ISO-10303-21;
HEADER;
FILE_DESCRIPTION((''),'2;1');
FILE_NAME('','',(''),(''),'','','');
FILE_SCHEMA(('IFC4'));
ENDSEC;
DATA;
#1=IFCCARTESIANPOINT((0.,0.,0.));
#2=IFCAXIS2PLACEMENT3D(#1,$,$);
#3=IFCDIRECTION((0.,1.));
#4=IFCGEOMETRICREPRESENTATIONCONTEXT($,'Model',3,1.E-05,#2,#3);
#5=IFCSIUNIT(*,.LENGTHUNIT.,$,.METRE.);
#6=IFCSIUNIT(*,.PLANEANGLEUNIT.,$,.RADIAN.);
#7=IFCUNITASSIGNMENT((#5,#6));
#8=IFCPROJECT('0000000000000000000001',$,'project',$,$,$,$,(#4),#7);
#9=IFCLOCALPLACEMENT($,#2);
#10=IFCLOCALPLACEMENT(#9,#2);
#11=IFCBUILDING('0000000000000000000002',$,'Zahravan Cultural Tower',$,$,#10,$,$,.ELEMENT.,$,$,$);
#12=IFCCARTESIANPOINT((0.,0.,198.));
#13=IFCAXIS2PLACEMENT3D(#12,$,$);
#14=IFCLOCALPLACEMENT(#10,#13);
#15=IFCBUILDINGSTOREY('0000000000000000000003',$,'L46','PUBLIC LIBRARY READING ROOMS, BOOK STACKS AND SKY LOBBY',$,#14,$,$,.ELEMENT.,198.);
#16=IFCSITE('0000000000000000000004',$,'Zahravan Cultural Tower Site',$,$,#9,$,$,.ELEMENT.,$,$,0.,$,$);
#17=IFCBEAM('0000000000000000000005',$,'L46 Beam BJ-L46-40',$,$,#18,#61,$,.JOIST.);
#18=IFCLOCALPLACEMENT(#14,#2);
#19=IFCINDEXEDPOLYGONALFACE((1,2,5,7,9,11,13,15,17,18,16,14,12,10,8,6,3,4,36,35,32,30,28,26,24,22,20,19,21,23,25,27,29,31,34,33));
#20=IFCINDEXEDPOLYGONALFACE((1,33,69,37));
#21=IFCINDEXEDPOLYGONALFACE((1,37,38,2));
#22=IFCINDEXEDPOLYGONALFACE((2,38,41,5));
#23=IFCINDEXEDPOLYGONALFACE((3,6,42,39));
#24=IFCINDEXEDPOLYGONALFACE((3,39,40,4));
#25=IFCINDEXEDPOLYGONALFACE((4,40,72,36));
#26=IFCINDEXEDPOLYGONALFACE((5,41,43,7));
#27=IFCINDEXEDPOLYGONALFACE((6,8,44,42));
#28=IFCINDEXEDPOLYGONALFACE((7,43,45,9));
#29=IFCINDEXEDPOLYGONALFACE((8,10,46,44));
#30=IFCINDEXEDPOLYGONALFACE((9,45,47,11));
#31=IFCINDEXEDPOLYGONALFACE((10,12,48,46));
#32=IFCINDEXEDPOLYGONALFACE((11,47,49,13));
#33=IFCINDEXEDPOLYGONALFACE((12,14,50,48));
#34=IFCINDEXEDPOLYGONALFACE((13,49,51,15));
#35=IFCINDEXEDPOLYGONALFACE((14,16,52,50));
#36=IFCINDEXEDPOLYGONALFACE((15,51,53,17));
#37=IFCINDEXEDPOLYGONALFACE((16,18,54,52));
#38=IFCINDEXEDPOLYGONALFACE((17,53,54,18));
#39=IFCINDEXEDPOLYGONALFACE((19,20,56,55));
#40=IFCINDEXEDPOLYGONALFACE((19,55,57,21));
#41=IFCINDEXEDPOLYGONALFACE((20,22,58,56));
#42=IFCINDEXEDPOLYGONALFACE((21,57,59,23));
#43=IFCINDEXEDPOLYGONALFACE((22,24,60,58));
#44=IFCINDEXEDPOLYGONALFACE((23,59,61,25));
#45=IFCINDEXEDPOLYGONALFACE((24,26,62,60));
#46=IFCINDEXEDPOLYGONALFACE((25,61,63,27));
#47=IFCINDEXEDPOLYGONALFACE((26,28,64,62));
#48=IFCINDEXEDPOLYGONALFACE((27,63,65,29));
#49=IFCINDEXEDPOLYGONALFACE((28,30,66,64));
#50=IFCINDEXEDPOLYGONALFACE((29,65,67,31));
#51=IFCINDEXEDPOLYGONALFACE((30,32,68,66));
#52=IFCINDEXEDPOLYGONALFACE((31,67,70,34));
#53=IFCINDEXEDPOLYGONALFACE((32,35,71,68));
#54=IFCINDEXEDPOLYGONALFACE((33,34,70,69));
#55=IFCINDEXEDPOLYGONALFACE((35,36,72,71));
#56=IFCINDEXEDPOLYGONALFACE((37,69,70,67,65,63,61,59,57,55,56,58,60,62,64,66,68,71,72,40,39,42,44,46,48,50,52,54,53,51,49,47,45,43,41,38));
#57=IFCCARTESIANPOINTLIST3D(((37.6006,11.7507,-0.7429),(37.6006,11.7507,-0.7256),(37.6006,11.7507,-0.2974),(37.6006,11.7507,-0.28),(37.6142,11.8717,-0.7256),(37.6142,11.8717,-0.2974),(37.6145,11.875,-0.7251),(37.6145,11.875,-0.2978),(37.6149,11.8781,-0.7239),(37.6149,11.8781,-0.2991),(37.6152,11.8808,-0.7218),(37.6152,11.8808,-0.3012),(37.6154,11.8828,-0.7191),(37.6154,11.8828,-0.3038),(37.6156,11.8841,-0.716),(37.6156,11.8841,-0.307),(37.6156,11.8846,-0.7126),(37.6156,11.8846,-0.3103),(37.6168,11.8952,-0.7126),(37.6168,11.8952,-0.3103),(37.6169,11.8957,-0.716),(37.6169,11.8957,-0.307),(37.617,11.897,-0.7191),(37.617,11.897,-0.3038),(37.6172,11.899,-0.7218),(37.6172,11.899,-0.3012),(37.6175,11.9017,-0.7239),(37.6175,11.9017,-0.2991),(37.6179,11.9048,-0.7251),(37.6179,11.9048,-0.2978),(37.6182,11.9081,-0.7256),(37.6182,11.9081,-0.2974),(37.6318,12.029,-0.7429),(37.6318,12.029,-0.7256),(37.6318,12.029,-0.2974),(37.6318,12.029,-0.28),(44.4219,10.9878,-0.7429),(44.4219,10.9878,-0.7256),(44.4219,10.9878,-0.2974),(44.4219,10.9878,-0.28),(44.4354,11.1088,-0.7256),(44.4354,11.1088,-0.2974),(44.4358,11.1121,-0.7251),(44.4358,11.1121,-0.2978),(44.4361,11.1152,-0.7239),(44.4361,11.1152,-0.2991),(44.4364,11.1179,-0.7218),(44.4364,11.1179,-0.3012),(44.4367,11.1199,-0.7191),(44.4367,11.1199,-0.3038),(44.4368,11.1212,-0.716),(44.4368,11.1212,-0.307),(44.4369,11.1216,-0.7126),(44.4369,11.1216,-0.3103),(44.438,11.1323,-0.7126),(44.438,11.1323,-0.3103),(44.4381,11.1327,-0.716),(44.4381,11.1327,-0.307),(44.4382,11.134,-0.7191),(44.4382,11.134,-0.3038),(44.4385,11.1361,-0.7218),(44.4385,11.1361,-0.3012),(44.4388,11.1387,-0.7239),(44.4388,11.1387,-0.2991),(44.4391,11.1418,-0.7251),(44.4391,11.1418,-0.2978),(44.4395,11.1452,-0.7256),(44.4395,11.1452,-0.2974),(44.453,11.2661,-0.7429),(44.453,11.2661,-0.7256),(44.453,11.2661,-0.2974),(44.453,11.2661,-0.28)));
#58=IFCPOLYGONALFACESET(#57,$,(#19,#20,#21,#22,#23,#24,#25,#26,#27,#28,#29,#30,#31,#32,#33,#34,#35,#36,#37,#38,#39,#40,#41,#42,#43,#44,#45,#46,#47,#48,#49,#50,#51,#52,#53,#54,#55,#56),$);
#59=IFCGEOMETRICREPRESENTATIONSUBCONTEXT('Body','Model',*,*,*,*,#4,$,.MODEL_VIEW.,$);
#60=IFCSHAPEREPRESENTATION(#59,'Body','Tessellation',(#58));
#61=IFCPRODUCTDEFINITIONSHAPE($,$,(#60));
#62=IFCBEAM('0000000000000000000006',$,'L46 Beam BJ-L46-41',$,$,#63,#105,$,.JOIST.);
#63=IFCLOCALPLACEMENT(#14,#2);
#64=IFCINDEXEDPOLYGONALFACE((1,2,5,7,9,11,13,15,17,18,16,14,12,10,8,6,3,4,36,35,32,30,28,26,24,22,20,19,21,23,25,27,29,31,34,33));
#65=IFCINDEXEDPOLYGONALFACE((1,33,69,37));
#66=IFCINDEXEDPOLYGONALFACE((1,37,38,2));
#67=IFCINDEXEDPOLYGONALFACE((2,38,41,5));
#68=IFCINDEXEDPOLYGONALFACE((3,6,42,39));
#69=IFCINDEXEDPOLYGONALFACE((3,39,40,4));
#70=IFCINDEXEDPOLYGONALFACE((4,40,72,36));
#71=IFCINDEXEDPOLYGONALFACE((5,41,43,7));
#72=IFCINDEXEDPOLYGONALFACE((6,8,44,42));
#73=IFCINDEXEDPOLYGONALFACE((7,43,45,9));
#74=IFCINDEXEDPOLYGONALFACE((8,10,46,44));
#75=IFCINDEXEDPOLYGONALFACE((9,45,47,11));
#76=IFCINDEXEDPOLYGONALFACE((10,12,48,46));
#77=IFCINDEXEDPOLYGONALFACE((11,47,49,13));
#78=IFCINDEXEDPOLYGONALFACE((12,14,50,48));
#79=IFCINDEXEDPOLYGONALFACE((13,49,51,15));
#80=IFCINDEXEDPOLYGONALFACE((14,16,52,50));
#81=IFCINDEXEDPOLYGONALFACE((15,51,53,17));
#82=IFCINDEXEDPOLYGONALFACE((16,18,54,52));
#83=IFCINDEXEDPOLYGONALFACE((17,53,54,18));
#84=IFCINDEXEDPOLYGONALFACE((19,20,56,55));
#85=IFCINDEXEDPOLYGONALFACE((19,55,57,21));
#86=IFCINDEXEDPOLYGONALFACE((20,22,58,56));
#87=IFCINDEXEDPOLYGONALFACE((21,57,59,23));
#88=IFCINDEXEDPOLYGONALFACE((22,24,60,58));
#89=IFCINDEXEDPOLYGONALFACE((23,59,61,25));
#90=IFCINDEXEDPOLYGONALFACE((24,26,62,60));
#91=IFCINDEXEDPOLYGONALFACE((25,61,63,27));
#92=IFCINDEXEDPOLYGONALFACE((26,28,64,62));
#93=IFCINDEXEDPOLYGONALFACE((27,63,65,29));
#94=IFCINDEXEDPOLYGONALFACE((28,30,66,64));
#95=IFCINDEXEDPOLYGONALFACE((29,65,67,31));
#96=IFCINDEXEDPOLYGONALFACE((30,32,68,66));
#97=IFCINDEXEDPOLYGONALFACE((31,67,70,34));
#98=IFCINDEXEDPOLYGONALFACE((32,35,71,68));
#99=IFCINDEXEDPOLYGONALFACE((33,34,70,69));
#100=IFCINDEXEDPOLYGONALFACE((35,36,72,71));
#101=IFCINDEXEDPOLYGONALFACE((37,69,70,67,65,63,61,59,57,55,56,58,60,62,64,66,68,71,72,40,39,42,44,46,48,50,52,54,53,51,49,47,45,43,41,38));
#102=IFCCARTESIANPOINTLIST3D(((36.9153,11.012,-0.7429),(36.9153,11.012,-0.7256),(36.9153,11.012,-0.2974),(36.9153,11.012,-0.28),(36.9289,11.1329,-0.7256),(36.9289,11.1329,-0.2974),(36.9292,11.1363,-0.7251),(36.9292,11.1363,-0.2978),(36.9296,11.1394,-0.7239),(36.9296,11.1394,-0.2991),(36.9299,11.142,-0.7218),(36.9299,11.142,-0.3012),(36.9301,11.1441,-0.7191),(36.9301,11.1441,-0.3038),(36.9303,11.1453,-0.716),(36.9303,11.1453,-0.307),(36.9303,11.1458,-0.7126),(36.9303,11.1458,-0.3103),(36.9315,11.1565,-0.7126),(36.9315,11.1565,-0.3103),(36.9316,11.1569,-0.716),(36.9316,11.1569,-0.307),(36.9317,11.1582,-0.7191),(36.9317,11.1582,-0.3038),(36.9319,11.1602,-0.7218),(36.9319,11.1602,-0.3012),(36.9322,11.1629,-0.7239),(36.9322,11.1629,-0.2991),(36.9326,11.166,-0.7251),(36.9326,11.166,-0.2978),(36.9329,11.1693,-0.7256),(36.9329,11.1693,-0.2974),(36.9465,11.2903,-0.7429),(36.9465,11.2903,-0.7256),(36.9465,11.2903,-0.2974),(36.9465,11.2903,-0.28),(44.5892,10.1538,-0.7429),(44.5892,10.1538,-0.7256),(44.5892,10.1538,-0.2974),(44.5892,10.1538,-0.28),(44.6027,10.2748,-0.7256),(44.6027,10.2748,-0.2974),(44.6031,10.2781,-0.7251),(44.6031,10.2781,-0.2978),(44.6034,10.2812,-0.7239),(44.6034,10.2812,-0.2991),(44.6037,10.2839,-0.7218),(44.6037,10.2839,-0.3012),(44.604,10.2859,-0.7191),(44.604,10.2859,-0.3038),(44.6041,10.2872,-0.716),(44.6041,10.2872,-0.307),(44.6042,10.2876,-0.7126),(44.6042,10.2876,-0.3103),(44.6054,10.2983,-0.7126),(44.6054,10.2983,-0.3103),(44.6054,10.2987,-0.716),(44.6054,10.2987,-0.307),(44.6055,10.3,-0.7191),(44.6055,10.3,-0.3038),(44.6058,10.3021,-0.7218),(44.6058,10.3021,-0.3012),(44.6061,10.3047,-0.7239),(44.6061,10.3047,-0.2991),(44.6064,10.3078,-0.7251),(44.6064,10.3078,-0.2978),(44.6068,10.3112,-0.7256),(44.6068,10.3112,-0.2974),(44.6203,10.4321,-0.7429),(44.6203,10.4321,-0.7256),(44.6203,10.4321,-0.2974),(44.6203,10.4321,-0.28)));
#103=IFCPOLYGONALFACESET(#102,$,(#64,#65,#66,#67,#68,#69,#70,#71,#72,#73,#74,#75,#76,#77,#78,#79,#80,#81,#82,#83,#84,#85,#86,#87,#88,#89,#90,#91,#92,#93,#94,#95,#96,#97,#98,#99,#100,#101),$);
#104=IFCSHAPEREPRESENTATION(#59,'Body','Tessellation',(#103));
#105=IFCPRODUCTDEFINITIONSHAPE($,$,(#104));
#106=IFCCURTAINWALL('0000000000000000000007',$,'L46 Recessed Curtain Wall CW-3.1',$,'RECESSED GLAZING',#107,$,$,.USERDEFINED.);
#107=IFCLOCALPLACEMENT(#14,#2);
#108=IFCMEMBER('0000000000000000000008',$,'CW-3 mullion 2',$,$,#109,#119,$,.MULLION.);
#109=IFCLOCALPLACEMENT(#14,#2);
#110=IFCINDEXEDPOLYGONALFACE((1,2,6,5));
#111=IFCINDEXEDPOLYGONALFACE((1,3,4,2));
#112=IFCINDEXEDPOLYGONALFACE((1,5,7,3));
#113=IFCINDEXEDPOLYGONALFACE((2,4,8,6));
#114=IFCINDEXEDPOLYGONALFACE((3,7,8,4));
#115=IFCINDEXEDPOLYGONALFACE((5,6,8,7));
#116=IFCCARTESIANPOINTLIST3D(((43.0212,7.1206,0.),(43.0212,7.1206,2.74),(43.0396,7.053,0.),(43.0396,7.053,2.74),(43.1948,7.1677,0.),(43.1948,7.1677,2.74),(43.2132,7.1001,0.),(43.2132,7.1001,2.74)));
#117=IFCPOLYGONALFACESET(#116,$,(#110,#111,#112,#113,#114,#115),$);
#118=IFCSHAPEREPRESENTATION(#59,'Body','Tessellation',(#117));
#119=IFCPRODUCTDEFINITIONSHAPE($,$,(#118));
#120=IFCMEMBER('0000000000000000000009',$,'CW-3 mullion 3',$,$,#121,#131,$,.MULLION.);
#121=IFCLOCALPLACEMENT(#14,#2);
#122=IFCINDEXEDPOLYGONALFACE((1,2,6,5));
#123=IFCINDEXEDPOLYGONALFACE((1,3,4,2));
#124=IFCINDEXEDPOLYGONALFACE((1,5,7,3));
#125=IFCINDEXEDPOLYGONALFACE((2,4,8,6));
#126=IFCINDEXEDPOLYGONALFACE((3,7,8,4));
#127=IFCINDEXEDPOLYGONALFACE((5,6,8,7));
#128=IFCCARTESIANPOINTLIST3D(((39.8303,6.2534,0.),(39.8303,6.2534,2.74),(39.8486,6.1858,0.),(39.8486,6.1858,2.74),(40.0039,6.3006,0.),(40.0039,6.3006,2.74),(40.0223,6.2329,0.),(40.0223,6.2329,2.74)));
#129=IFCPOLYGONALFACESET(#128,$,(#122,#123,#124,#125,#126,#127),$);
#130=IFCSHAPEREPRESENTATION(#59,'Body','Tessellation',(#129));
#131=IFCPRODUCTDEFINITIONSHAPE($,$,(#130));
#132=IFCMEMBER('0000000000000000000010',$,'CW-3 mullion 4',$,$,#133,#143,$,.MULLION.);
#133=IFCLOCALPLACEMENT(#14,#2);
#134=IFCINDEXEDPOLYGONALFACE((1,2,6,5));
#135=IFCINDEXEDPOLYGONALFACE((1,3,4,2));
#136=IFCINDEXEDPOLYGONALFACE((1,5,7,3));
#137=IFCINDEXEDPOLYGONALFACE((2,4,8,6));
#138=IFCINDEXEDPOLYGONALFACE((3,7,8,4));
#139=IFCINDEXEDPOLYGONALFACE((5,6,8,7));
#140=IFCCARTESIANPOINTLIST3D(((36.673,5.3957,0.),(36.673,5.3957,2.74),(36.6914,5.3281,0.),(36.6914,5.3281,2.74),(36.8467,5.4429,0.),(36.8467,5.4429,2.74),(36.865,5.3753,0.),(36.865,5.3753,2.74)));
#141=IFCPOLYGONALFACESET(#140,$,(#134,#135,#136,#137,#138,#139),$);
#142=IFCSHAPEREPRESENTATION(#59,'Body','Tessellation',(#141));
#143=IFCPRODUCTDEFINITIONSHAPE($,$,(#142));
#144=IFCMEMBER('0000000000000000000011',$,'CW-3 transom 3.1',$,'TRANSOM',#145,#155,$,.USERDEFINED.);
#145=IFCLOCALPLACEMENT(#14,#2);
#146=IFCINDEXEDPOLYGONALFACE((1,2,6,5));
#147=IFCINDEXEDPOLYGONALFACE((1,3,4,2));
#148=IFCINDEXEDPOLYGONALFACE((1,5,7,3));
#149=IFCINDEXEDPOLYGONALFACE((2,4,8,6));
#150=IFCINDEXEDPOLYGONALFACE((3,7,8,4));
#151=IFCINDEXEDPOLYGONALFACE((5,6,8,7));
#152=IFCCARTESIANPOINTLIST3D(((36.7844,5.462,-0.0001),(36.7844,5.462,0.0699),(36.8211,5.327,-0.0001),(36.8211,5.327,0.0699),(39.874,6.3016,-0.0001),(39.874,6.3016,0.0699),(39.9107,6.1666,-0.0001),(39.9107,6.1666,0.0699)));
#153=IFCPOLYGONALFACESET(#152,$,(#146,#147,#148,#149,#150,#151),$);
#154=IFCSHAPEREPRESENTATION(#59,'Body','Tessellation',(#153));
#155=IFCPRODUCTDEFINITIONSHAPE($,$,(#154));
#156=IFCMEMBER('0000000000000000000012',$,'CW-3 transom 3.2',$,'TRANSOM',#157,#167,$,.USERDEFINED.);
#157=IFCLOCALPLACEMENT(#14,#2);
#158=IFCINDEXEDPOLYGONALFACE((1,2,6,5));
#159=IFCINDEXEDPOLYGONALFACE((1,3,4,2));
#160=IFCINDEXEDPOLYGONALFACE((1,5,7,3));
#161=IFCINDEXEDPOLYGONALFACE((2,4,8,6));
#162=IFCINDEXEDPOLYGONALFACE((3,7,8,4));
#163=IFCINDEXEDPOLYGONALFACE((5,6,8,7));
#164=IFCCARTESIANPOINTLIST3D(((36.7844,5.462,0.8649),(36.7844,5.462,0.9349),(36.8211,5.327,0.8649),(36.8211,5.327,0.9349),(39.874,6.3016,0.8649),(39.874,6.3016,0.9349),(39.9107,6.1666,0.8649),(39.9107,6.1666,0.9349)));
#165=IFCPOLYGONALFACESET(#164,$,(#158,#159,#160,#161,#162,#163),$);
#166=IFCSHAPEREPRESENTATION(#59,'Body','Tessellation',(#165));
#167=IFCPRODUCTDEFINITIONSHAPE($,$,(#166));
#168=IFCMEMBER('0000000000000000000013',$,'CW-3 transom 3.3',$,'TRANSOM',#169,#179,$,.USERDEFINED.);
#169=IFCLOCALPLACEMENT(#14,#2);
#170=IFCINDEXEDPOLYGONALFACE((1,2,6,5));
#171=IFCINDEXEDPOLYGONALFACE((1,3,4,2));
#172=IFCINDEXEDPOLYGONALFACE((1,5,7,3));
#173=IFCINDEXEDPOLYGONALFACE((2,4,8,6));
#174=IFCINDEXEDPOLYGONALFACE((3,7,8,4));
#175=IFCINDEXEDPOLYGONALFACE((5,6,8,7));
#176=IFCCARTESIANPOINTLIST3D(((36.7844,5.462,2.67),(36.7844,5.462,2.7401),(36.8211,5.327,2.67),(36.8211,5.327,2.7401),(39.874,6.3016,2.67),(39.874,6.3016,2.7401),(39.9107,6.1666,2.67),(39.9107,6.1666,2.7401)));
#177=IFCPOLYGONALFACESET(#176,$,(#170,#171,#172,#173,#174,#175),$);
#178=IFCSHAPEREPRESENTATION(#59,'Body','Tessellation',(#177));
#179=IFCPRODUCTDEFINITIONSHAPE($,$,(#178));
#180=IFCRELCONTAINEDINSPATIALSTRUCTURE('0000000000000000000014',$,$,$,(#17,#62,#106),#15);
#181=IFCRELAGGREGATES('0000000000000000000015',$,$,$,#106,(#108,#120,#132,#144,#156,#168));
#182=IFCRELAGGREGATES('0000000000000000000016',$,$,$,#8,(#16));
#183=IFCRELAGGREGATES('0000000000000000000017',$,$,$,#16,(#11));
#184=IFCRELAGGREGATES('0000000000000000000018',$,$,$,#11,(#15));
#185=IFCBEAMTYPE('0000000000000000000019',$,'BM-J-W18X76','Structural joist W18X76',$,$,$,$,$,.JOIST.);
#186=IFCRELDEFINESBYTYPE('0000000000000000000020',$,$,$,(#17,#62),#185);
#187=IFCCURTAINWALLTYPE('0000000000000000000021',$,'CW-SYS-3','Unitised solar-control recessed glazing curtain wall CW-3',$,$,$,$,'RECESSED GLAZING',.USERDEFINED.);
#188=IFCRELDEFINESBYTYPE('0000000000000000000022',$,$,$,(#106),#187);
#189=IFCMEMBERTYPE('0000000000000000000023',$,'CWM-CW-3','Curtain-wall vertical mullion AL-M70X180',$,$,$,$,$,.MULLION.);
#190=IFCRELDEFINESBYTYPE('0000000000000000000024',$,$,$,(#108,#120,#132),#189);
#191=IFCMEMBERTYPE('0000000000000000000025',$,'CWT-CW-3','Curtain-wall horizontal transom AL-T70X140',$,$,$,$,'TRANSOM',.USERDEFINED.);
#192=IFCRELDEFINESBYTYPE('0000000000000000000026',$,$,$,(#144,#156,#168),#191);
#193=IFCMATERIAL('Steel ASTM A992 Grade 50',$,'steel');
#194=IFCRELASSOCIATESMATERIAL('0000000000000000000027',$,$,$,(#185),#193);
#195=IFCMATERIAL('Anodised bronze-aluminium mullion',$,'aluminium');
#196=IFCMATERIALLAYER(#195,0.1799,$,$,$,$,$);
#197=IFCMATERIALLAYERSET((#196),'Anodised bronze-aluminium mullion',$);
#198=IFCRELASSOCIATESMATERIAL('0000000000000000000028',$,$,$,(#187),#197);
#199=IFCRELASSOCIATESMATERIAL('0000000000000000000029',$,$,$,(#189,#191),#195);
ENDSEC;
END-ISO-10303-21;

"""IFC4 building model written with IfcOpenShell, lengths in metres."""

from ifc_helpers import new_model, si_unit, direction, frame, origin, origin_2d, place, context, subcontext, project, spatial, rectangle, i_section, extrude, source, transform, mapped, material, layer, layer_set, material_profile, profile_set, type_object, element, aggregate, save


model = new_model("IFC4")

# Units and contexts
model_context = context("Model", 3, precision=1e-05, world=origin(), true_north=direction((0.0, 1.0)))
body_context = subcontext(model_context, "Body", "Model", "MODEL_VIEW")
ifc_project = project(units=[si_unit("LENGTHUNIT", "METRE"), si_unit("PLANEANGLEUNIT", "RADIAN")], contexts=[model_context])

# Site, building, storey
site_placement = place(None, origin())
site = spatial("IfcSite", under=ifc_project, at=site_placement, Name="Zahravan Cultural Tower Site", CompositionType="ELEMENT", RefElevation=0.0)
building_placement = place(site_placement, origin())
building = spatial("IfcBuilding", under=site, at=building_placement, Name="Zahravan Cultural Tower", CompositionType="ELEMENT")
storey_placement = place(building_placement, frame((0.0, 0.0, 198.0)))
storey = spatial("IfcBuildingStorey", under=building, at=storey_placement, Name="L46", Description="PUBLIC LIBRARY READING ROOMS, BOOK STACKS AND SKY LOBBY", CompositionType="ELEMENT", Elevation=198.0)

# Shared definitions
ifc_material_1 = material(Name="Steel ASTM A992 Grade 50", Category="steel")

# Beams
ifc_material_profile_1 = material_profile(ifc_material_1, i_section(OverallWidth=0.28, OverallDepth=0.4629, WebThickness=0.0107, FlangeThickness=0.0173, FilletRadius=0.0129, at=origin_2d()), Name="W18X76")
ifc_profile_set_1 = profile_set([ifc_material_profile_1], Name="Steel ASTM A992 Grade 50")
beam_type_1 = type_object("IfcBeamType", Name="BM-J-W18X76", Description="Structural joist W18X76", PredefinedType="JOIST", material=ifc_profile_set_1)
shared_shape_1 = source(origin(), body_context, "Body", "SweptSolid", [
    extrude(i_section(OverallWidth=0.28, OverallDepth=0.4629, WebThickness=0.0107, FlangeThickness=0.0173, FilletRadius=0.0129, at=origin_2d()), origin(), (0.0, 0.0, 1.0), 6.8638),
])
beam_1_placement = place(storey_placement, frame((37.6162, 11.8899, -0.5115), z_axis=(0.993803, -0.111154, 0.0), x_axis=(0.111154, 0.993803, 0.0)))
element("IfcBeam", 1, at=beam_1_placement, inside=storey, type_object=beam_type_1, Name="L46 Beam BJ-L46-40", PredefinedType="JOIST", context=body_context, shape_type="MappedRepresentation", body=[
    mapped(shared_shape_1, transform((0.0, 0.0, 0.0), x_axis=(1.0, 0.0, 0.0), y_axis=(0.0, 1.0, 0.0), z_axis=(0.0, 0.0, 1.0), scale=1.0)),
])
shared_shape_2 = source(origin(), body_context, "Body", "SweptSolid", [
    extrude(i_section(OverallWidth=0.28, OverallDepth=0.4629, WebThickness=0.0107, FlangeThickness=0.0173, FilletRadius=0.0129, at=origin_2d()), origin(), (0.0, 0.0, 1.0), 7.7217),
])
beam_2_placement = place(storey_placement, frame((36.9309, 11.1511, -0.5115), z_axis=(0.993805, -0.111136, 0.0), x_axis=(0.111136, 0.993805, 0.0)))
element("IfcBeam", 2, at=beam_2_placement, inside=storey, type_object=beam_type_1, Name="L46 Beam BJ-L46-41", PredefinedType="JOIST", context=body_context, shape_type="MappedRepresentation", body=[
    mapped(shared_shape_2, transform((0.0, 0.0, 0.0), x_axis=(1.0, 0.0, 0.0), y_axis=(0.0, 1.0, 0.0), z_axis=(0.0, 0.0, 1.0), scale=1.0)),
])

# Curtain wall, members
ifc_material_2 = material(Name="Anodised bronze-aluminium mullion", Category="aluminium")
ifc_layer_1 = layer(ifc_material_2, 0.1799)
ifc_layer_set_1 = layer_set([ifc_layer_1], Name="Anodised bronze-aluminium mullion")
curtain_wall_type = type_object("IfcCurtainWallType", Name="CW-SYS-3", Description="Unitised solar-control recessed glazing curtain wall CW-3", ElementType="RECESSED GLAZING", PredefinedType="USERDEFINED", material=ifc_layer_set_1)
curtain_wall_placement = place(storey_placement, origin())
curtain_wall = element("IfcCurtainWall", 3, at=curtain_wall_placement, inside=storey, type_object=curtain_wall_type, Name="L46 Recessed Curtain Wall CW-3.1", ObjectType="RECESSED GLAZING", PredefinedType="USERDEFINED")
ifc_material_profile_2 = material_profile(ifc_material_2, rectangle(XDim=0.0701, YDim=0.1799, at=origin_2d()), Name="AL-M70X180")
ifc_profile_set_2 = profile_set([ifc_material_profile_2], Name="Anodised bronze-aluminium mullion")
member_type_1 = type_object("IfcMemberType", Name="CWM-CW-3", Description="Curtain-wall vertical mullion AL-M70X180", PredefinedType="MULLION", material=ifc_profile_set_2)
shared_shape_3 = source(origin(), body_context, "Body", "SweptSolid", [
    extrude(rectangle(XDim=0.0701, YDim=0.1799, at=origin_2d()), origin(), (0.0, 0.0, 1.0), 2.74),
])
member_1_placement = place(storey_placement, frame((43.1172, 7.1104, 0.0), z_axis=(0.0, 0.0, 1.0), x_axis=(0.262187, -0.965017, 0.0)))
member_1 = element("IfcMember", 4, at=member_1_placement, type_object=member_type_1, Name="CW-3 mullion 2", PredefinedType="MULLION", context=body_context, shape_type="MappedRepresentation", body=[
    mapped(shared_shape_3, transform((0.0, 0.0, 0.0), x_axis=(1.0, 0.0, 0.0), y_axis=(0.0, 1.0, 0.0), z_axis=(0.0, 0.0, 1.0), scale=1.0)),
])
member_2_placement = place(storey_placement, frame((39.9263, 6.2432, 0.0), z_axis=(0.0, 0.0, 1.0), x_axis=(0.262187, -0.965017, 0.0)))
member_2 = element("IfcMember", 5, at=member_2_placement, type_object=member_type_1, Name="CW-3 mullion 3", PredefinedType="MULLION", context=body_context, shape_type="MappedRepresentation", body=[
    mapped(shared_shape_3, transform((0.0, 0.0, 0.0), x_axis=(1.0, 0.0, 0.0), y_axis=(0.0, 1.0, 0.0), z_axis=(0.0, 0.0, 1.0), scale=1.0)),
])
member_3_placement = place(storey_placement, frame((36.769, 5.3855, 0.0), z_axis=(0.0, 0.0, 1.0), x_axis=(0.262187, -0.965017, 0.0)))
member_3 = element("IfcMember", 6, at=member_3_placement, type_object=member_type_1, Name="CW-3 mullion 4", PredefinedType="MULLION", context=body_context, shape_type="MappedRepresentation", body=[
    mapped(shared_shape_3, transform((0.0, 0.0, 0.0), x_axis=(1.0, 0.0, 0.0), y_axis=(0.0, 1.0, 0.0), z_axis=(0.0, 0.0, 1.0), scale=1.0)),
])
ifc_material_profile_3 = material_profile(ifc_material_2, rectangle(XDim=0.1399, YDim=0.0701, at=origin_2d()), Name="AL-T70X140")
ifc_profile_set_3 = profile_set([ifc_material_profile_3], Name="Anodised bronze-aluminium mullion")
member_type_2 = type_object("IfcMemberType", Name="CWT-CW-3", Description="Curtain-wall horizontal transom AL-T70X140", ElementType="TRANSOM", PredefinedType="USERDEFINED", material=ifc_profile_set_3)
shared_shape_4 = source(origin(), body_context, "Body", "SweptSolid", [
    extrude(rectangle(XDim=0.1399, YDim=0.0701, at=origin_2d()), origin(), (0.0, 0.0, 1.0), 3.2017),
])
member_4_placement = place(storey_placement, frame((39.8923, 6.2341, 0.0349), z_axis=(-0.965003, -0.26224, 0.0), x_axis=(0.26224, -0.965003, 0.0)))
member_4 = element("IfcMember", 7, at=member_4_placement, type_object=member_type_2, Name="CW-3 transom 3.1", ObjectType="TRANSOM", PredefinedType="USERDEFINED", context=body_context, shape_type="MappedRepresentation", body=[
    mapped(shared_shape_4, transform((0.0, 0.0, 0.0), x_axis=(1.0, 0.0, 0.0), y_axis=(0.0, 1.0, 0.0), z_axis=(0.0, 0.0, 1.0), scale=1.0)),
])
member_5_placement = place(storey_placement, frame((39.8923, 6.2341, 0.8999), z_axis=(-0.965003, -0.26224, 0.0), x_axis=(0.26224, -0.965003, 0.0)))
member_5 = element("IfcMember", 8, at=member_5_placement, type_object=member_type_2, Name="CW-3 transom 3.2", ObjectType="TRANSOM", PredefinedType="USERDEFINED", context=body_context, shape_type="MappedRepresentation", body=[
    mapped(shared_shape_4, transform((0.0, 0.0, 0.0), x_axis=(1.0, 0.0, 0.0), y_axis=(0.0, 1.0, 0.0), z_axis=(0.0, 0.0, 1.0), scale=1.0)),
])
member_6_placement = place(storey_placement, frame((39.8923, 6.2341, 2.7051), z_axis=(-0.965003, -0.26224, 0.0), x_axis=(0.26224, -0.965003, 0.0)))
member_6 = element("IfcMember", 9, at=member_6_placement, type_object=member_type_2, Name="CW-3 transom 3.3", ObjectType="TRANSOM", PredefinedType="USERDEFINED", context=body_context, shape_type="MappedRepresentation", body=[
    mapped(shared_shape_4, transform((0.0, 0.0, 0.0), x_axis=(1.0, 0.0, 0.0), y_axis=(0.0, 1.0, 0.0), z_axis=(0.0, 0.0, 1.0), scale=1.0)),
])
aggregate(curtain_wall, [member_1, member_2, member_3, member_4, member_5, member_6])

save(model, "model.ifc")
